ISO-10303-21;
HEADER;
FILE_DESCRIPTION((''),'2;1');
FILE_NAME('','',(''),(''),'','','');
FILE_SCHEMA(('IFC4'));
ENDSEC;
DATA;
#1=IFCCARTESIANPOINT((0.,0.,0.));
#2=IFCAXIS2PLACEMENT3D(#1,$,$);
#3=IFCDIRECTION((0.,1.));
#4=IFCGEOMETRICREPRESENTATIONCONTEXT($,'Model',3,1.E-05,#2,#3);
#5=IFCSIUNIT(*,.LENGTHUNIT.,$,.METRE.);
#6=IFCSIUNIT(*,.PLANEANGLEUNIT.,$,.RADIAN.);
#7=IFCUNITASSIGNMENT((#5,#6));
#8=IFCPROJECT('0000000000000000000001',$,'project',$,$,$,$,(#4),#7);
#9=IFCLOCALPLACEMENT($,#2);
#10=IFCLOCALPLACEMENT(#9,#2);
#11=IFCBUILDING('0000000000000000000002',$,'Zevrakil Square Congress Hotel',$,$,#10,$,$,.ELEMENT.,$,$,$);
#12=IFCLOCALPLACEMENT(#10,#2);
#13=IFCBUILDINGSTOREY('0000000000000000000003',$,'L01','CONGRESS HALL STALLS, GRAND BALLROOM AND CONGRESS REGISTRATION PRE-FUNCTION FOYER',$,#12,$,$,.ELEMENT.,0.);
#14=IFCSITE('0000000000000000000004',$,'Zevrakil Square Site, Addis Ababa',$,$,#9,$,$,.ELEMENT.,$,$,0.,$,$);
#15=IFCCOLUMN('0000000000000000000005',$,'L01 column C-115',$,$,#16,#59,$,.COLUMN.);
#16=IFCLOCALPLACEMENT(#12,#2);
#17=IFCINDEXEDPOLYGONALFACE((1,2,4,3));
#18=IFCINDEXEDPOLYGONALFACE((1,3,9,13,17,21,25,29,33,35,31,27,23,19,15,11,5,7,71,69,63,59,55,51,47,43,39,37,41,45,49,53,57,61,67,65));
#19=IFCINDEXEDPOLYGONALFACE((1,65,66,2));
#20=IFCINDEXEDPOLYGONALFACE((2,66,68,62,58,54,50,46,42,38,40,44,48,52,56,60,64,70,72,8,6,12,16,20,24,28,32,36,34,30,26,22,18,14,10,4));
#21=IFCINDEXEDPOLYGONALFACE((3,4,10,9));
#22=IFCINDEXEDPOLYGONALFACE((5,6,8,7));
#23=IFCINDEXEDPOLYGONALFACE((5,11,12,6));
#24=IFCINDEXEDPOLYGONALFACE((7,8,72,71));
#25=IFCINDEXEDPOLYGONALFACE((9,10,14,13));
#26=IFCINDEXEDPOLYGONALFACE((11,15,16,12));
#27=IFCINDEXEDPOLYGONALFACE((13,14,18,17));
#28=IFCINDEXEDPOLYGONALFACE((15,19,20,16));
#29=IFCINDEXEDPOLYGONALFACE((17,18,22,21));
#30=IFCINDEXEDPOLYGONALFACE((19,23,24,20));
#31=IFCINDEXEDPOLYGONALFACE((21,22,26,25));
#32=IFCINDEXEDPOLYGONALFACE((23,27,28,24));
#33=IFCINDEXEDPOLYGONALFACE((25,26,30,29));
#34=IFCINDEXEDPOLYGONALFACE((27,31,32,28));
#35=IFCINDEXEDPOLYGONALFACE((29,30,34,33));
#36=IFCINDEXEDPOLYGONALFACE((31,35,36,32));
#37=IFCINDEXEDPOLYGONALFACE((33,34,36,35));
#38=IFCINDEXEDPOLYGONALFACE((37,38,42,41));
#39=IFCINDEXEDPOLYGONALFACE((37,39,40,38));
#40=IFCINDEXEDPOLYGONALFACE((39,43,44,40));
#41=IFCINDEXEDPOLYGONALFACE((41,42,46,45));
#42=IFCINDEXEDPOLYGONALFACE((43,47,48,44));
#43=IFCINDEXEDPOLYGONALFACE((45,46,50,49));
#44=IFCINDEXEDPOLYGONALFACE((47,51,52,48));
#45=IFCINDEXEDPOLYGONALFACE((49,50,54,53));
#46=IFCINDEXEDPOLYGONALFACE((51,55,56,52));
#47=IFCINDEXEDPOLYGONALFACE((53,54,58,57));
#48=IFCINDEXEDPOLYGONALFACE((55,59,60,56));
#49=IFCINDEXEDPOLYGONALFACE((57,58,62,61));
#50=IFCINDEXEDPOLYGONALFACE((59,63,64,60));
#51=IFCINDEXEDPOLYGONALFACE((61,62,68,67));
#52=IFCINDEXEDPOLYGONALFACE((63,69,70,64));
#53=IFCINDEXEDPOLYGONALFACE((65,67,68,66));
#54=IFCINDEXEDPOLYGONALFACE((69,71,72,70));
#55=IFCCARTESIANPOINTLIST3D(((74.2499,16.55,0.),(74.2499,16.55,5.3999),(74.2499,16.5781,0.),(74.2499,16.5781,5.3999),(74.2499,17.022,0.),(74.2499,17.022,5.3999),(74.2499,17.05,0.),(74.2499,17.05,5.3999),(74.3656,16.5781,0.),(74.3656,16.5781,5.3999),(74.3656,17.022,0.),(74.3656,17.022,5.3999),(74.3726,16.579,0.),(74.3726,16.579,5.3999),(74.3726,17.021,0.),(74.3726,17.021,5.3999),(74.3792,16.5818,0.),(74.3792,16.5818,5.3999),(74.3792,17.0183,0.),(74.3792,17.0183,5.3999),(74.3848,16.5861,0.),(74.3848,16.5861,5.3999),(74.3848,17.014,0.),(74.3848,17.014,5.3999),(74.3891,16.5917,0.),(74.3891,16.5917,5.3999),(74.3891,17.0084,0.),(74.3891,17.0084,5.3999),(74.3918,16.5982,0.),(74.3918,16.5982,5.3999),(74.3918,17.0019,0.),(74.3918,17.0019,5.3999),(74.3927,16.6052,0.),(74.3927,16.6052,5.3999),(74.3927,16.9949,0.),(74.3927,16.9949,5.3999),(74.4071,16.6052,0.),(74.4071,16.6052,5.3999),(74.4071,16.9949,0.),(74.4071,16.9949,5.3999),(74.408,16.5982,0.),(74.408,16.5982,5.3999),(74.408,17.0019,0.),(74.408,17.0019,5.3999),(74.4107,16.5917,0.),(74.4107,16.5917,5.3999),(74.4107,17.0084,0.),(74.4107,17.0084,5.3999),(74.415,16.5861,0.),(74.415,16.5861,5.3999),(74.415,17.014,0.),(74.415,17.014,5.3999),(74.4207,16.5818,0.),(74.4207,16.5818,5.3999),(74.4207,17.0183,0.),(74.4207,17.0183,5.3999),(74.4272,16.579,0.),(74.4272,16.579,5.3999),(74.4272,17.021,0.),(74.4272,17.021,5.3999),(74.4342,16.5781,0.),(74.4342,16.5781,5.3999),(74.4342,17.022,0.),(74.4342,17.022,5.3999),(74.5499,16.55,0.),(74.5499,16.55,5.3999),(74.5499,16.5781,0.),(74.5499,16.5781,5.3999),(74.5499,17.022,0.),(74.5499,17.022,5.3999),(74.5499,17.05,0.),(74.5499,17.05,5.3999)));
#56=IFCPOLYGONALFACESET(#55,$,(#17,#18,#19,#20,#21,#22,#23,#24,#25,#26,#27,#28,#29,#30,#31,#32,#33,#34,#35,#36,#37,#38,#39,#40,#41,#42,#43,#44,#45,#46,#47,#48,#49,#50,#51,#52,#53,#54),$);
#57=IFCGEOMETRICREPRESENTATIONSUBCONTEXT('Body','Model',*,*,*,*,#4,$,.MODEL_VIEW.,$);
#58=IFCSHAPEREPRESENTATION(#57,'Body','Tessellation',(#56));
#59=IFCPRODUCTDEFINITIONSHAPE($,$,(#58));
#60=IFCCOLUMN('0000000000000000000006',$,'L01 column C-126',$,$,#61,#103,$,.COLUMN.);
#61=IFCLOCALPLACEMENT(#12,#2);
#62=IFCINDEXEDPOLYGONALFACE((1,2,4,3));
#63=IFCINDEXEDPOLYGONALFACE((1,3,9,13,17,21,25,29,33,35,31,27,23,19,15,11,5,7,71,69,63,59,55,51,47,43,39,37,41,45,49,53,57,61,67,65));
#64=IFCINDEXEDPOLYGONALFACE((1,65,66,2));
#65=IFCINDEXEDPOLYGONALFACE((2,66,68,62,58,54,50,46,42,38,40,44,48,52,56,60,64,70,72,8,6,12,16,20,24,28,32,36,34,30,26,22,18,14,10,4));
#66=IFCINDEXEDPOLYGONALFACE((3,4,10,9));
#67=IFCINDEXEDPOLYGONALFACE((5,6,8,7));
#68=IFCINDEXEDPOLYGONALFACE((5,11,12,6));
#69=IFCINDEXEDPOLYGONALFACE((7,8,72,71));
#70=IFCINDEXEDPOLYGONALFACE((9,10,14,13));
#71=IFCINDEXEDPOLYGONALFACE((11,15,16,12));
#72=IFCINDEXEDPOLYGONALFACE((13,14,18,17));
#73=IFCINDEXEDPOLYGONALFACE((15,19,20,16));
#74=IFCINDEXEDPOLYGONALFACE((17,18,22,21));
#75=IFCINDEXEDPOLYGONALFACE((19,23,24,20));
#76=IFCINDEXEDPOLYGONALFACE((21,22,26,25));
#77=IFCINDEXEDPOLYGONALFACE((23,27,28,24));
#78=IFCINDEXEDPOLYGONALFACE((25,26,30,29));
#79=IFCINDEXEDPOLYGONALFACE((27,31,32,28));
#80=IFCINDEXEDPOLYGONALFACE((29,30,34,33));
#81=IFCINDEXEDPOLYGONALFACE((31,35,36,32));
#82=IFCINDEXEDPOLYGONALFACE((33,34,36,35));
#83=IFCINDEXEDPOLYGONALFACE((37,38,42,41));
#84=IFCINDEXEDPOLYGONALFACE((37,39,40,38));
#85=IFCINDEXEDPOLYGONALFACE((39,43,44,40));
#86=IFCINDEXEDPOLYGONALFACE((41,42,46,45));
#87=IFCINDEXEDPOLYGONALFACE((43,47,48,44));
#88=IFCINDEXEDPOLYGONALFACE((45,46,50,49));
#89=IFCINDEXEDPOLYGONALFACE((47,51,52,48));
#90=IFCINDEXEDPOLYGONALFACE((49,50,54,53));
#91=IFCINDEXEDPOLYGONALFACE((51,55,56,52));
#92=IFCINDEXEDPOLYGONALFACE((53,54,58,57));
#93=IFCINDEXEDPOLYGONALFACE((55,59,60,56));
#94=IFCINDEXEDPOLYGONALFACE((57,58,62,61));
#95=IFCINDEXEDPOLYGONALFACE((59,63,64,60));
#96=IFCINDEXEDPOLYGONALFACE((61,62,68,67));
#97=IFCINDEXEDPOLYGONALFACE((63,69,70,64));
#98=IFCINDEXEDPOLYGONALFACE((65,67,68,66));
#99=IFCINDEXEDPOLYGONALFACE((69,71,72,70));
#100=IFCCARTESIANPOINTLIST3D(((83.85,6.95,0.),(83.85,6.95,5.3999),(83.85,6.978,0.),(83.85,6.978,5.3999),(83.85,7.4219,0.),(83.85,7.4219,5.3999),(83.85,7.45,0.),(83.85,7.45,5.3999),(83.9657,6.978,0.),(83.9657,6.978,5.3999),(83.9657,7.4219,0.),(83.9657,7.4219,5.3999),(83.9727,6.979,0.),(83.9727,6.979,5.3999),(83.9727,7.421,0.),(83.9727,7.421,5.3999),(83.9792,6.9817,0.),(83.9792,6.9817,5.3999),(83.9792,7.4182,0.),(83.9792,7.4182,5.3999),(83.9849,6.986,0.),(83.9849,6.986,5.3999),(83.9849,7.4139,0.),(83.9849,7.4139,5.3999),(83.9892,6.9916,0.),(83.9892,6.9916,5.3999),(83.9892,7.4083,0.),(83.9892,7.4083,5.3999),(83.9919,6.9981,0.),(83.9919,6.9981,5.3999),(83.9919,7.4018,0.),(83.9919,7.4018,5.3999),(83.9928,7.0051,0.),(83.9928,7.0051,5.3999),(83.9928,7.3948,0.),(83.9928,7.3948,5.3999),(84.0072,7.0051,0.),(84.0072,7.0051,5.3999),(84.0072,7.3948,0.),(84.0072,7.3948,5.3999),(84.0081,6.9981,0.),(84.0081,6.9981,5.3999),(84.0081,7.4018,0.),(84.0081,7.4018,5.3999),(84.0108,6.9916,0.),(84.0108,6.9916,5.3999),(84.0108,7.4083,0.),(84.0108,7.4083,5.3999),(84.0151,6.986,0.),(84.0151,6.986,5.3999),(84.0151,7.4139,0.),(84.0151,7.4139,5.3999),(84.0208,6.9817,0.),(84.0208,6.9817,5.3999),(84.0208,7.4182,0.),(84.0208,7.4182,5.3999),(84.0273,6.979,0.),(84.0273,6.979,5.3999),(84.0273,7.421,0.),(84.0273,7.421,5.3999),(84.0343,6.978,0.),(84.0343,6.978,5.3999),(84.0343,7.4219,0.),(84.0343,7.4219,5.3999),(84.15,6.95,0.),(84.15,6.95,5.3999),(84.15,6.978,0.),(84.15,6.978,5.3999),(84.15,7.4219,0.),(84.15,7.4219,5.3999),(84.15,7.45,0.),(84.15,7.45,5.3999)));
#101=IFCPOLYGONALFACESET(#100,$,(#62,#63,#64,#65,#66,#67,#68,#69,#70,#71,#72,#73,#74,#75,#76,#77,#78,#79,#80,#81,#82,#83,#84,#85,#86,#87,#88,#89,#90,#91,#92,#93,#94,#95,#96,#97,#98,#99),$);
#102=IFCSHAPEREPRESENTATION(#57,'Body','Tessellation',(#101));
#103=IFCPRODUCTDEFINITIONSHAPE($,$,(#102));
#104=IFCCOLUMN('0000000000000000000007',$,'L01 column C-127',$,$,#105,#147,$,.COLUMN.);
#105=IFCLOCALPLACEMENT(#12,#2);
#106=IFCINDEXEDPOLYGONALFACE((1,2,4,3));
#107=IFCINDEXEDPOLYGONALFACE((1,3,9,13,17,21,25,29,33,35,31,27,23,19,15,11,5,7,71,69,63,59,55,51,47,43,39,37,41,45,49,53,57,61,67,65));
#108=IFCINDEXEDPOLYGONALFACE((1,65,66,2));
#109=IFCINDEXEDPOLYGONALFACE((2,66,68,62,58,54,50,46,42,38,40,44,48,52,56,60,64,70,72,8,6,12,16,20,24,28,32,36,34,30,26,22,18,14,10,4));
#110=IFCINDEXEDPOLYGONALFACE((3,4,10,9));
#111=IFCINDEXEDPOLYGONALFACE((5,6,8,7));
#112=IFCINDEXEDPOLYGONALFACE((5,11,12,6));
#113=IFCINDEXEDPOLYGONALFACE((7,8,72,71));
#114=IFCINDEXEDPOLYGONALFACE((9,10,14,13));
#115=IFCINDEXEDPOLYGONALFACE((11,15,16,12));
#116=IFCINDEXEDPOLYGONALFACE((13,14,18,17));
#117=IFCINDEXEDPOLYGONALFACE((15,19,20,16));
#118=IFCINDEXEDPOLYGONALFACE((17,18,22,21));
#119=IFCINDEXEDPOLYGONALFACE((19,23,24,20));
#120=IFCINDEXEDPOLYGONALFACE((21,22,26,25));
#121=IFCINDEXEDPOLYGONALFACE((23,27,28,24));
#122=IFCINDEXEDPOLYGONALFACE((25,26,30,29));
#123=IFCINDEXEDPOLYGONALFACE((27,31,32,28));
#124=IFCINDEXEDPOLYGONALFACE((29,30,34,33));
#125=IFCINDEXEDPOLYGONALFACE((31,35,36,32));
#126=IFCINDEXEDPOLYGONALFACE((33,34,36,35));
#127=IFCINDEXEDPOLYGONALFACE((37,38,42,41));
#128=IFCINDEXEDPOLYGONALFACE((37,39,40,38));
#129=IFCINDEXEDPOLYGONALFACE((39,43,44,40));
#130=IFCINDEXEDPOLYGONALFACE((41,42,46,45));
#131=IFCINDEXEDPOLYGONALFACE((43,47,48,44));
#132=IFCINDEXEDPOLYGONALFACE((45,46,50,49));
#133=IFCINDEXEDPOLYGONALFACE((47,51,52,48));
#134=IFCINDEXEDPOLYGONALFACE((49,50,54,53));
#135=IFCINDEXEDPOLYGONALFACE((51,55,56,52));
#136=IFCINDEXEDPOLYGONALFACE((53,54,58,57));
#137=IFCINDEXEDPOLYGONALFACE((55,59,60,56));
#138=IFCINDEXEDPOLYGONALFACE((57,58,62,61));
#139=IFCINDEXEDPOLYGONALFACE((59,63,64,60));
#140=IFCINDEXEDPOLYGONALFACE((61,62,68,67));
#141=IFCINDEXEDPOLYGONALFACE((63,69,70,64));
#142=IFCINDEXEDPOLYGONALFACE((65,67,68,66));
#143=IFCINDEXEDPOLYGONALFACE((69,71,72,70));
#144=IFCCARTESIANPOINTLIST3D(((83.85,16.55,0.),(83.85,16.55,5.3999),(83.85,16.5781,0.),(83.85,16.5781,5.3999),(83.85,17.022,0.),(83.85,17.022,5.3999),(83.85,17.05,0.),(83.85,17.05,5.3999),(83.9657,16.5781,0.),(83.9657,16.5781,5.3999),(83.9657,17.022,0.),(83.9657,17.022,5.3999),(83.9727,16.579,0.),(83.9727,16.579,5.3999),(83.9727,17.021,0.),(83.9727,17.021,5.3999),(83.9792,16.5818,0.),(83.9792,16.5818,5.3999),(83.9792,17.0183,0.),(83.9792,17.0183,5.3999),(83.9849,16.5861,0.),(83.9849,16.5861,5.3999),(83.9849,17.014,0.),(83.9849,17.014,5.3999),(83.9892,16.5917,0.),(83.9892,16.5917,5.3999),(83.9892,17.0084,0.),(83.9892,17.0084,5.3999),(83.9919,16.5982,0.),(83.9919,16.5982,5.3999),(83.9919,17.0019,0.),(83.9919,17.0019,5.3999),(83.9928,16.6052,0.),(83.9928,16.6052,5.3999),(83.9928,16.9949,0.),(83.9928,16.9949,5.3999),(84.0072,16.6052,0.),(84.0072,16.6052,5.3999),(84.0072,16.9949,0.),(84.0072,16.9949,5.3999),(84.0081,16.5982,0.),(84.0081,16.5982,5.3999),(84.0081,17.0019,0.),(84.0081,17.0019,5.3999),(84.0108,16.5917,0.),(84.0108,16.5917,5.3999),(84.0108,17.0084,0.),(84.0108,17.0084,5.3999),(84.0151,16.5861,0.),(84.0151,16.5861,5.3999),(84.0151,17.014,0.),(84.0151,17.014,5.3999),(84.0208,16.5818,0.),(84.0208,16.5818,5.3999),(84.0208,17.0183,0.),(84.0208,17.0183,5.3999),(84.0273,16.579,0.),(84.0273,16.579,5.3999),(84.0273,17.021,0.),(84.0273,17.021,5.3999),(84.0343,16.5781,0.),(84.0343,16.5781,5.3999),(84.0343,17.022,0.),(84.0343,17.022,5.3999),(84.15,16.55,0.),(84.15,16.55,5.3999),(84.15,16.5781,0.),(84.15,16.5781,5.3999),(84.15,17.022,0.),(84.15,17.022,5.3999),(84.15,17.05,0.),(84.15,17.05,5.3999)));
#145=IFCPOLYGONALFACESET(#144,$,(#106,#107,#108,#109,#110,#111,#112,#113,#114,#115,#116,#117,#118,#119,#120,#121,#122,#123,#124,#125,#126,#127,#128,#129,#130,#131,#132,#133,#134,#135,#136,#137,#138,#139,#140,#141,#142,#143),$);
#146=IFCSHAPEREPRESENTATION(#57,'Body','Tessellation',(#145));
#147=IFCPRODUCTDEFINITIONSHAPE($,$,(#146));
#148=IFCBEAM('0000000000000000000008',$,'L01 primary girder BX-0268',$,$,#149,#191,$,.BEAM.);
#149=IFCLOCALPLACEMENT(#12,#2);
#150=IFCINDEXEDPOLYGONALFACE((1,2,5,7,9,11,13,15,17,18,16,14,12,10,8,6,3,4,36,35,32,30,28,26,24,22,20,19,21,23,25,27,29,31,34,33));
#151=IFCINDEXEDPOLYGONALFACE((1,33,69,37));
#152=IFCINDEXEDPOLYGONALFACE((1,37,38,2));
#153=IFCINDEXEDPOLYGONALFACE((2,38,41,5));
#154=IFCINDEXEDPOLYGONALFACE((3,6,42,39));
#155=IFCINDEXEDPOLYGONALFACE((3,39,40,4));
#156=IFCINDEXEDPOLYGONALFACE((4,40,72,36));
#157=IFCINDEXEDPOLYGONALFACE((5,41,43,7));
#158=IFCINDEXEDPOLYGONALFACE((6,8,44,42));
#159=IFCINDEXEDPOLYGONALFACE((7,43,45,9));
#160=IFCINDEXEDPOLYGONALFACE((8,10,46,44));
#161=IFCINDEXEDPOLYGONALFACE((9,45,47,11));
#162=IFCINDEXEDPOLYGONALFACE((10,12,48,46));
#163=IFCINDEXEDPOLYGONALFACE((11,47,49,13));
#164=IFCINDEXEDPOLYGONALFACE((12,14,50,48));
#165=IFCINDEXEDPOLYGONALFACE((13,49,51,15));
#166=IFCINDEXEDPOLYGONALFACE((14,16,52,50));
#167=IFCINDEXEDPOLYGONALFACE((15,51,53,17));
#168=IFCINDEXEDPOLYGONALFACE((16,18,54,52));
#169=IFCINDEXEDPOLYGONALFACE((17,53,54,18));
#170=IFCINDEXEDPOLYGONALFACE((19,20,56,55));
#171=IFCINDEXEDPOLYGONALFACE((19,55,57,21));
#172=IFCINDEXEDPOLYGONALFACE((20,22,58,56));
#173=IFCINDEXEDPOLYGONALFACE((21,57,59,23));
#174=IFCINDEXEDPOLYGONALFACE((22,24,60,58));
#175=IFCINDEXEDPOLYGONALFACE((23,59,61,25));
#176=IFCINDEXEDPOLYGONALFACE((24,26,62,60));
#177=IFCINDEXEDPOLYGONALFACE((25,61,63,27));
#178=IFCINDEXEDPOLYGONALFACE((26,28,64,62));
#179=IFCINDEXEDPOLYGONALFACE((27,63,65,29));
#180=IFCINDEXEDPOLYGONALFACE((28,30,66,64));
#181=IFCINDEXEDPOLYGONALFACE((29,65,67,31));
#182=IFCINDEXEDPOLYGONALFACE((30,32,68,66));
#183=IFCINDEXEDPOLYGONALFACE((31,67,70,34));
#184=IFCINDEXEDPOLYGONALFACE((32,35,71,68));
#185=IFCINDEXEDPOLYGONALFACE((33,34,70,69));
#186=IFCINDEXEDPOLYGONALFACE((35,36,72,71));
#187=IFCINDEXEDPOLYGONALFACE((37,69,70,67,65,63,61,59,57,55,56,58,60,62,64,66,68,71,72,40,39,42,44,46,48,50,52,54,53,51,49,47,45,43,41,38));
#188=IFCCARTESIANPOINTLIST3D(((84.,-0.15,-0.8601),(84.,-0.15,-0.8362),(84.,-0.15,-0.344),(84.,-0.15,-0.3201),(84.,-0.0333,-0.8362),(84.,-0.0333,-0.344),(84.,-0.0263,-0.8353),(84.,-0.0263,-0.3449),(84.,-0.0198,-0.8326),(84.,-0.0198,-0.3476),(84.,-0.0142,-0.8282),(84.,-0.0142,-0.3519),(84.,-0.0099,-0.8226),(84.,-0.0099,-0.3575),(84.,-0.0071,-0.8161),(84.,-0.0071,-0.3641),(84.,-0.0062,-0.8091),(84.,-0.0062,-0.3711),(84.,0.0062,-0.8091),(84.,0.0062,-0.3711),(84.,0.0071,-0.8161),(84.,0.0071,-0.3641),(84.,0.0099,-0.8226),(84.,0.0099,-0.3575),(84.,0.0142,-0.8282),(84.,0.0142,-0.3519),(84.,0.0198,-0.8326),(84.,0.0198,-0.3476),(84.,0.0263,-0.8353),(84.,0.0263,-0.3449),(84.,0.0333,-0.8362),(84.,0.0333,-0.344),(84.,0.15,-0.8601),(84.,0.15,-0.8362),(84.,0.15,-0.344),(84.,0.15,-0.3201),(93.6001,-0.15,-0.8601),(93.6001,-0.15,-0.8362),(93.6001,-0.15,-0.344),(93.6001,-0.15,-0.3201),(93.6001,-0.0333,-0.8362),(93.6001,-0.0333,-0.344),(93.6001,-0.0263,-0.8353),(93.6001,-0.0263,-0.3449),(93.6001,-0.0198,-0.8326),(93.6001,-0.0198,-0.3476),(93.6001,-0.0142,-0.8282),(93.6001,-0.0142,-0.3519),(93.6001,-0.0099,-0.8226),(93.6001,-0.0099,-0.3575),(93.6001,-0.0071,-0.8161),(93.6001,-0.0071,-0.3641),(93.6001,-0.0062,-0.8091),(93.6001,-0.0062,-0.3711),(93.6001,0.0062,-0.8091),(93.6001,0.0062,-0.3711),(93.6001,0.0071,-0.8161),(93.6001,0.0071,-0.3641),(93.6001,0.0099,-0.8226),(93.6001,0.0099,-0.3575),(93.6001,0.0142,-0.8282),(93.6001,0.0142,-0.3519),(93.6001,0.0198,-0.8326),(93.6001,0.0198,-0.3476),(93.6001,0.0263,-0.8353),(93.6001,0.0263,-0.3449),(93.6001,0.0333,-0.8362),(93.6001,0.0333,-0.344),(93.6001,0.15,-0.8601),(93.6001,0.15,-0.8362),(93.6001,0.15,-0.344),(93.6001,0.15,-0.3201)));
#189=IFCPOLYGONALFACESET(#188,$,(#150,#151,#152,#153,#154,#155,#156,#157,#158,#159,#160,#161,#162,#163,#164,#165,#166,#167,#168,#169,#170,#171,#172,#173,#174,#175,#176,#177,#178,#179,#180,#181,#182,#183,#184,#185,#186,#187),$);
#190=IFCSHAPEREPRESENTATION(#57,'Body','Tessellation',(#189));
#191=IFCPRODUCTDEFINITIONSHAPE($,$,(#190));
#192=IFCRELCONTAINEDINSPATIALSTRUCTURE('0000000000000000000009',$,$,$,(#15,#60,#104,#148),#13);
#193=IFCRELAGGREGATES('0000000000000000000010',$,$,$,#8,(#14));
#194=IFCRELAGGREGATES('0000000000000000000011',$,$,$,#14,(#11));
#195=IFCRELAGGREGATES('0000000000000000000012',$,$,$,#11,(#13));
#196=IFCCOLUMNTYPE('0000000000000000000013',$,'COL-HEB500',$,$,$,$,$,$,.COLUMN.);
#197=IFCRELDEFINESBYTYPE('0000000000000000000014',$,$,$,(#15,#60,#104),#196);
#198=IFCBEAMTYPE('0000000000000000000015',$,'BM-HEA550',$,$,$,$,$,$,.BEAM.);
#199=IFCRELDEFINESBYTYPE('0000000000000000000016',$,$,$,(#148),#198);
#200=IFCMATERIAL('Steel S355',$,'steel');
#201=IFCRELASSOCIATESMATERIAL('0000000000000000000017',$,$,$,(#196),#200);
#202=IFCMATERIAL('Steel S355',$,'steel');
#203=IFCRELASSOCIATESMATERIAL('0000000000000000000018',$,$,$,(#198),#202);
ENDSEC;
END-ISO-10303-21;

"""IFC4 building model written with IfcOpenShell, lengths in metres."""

from ifc_helpers import new_model, si_unit, direction, frame, origin, origin_2d, place, context, subcontext, project, spatial, i_section, extrude, material, material_profile, profile_set, type_object, element, save


model = new_model("IFC4")

# Units and contexts
model_context = context("Model", 3, precision=1e-05, world=origin(), true_north=direction((0.0, 1.0)))
body_context = subcontext(model_context, "Body", "Model", "MODEL_VIEW")
ifc_project = project(units=[si_unit("LENGTHUNIT", "METRE"), si_unit("PLANEANGLEUNIT", "RADIAN")], contexts=[model_context])

# Site, building, storey
site_placement = place(None, origin())
site = spatial("IfcSite", under=ifc_project, at=site_placement, Name="Zevrakil Square Site, Addis Ababa", CompositionType="ELEMENT", RefElevation=0.0)
building_placement = place(site_placement, origin())
building = spatial("IfcBuilding", under=site, at=building_placement, Name="Zevrakil Square Congress Hotel", CompositionType="ELEMENT")
storey_placement = place(building_placement, origin())
storey = spatial("IfcBuildingStorey", under=building, at=storey_placement, Name="L01", Description="CONGRESS HALL STALLS, GRAND BALLROOM AND CONGRESS REGISTRATION PRE-FUNCTION FOYER", CompositionType="ELEMENT", Elevation=0.0)

# Columns
ifc_material_1 = material(Name="Steel S355", Category="steel")
ifc_material_profile_1 = material_profile(ifc_material_1, i_section(OverallWidth=0.3, OverallDepth=0.5, WebThickness=0.0144, FlangeThickness=0.0281, FilletRadius=0.0271, at=origin_2d()), Name="HEB 500")
ifc_profile_set_1 = profile_set([ifc_material_profile_1], Name="Steel S355")
column_type_1 = type_object("IfcColumnType", Name="COL-HEB500", PredefinedType="COLUMN", material=ifc_profile_set_1)
for number, where, z_axis, x_axis, name in (
    (1, (74.3999, 16.8, 0.0), (0.0, 0.0, 1.0), (1.0, 0.0, 0.0), "L01 column C-115"),
    (2, (84.0, 7.2, 0.0), (0.0, 0.0, 1.0), (1.0, 0.0, 0.0), "L01 column C-126"),
    (3, (84.0, 16.8, 0.0), (0.0, 0.0, 1.0), (1.0, 0.0, 0.0), "L01 column C-127"),
):
    element("IfcColumn", number, at=place(storey_placement, frame(where, z_axis=z_axis, x_axis=x_axis)), inside=storey, type_object=column_type_1, Name=name, PredefinedType="COLUMN", context=body_context, shape_type="SweptSolid", body=[
        extrude(i_section(OverallWidth=0.3, OverallDepth=0.5, WebThickness=0.0144, FlangeThickness=0.0281, FilletRadius=0.0271, at=origin_2d()), origin(), (0.0, 0.0, 1.0), 5.3999),
    ])

# Beam
ifc_material_2 = material(Name="Steel S355", Category="steel")
ifc_material_profile_2 = material_profile(ifc_material_2, i_section(OverallWidth=0.3, OverallDepth=0.54, WebThickness=0.0125, FlangeThickness=0.0239, FilletRadius=0.0271, at=origin_2d()), Name="HEA 550")
ifc_profile_set_2 = profile_set([ifc_material_profile_2], Name="Steel S355")
beam_type_1 = type_object("IfcBeamType", Name="BM-HEA550", PredefinedType="BEAM", material=ifc_profile_set_2)
beam_1_placement = place(storey_placement, frame((84.0, 0.0, -0.5901), z_axis=(1.0, 0.0, 0.0), x_axis=(0.0, 1.0, 0.0)))
element("IfcBeam", 4, at=beam_1_placement, inside=storey, type_object=beam_type_1, Name="L01 primary girder BX-0268", PredefinedType="BEAM", context=body_context, shape_type="SweptSolid", body=[
    extrude(i_section(OverallWidth=0.3, OverallDepth=0.54, WebThickness=0.0125, FlangeThickness=0.0239, FilletRadius=0.0271, at=origin_2d()), origin(), (0.0, 0.0, 1.0), 9.6001),
])

save(model, "model.ifc")
